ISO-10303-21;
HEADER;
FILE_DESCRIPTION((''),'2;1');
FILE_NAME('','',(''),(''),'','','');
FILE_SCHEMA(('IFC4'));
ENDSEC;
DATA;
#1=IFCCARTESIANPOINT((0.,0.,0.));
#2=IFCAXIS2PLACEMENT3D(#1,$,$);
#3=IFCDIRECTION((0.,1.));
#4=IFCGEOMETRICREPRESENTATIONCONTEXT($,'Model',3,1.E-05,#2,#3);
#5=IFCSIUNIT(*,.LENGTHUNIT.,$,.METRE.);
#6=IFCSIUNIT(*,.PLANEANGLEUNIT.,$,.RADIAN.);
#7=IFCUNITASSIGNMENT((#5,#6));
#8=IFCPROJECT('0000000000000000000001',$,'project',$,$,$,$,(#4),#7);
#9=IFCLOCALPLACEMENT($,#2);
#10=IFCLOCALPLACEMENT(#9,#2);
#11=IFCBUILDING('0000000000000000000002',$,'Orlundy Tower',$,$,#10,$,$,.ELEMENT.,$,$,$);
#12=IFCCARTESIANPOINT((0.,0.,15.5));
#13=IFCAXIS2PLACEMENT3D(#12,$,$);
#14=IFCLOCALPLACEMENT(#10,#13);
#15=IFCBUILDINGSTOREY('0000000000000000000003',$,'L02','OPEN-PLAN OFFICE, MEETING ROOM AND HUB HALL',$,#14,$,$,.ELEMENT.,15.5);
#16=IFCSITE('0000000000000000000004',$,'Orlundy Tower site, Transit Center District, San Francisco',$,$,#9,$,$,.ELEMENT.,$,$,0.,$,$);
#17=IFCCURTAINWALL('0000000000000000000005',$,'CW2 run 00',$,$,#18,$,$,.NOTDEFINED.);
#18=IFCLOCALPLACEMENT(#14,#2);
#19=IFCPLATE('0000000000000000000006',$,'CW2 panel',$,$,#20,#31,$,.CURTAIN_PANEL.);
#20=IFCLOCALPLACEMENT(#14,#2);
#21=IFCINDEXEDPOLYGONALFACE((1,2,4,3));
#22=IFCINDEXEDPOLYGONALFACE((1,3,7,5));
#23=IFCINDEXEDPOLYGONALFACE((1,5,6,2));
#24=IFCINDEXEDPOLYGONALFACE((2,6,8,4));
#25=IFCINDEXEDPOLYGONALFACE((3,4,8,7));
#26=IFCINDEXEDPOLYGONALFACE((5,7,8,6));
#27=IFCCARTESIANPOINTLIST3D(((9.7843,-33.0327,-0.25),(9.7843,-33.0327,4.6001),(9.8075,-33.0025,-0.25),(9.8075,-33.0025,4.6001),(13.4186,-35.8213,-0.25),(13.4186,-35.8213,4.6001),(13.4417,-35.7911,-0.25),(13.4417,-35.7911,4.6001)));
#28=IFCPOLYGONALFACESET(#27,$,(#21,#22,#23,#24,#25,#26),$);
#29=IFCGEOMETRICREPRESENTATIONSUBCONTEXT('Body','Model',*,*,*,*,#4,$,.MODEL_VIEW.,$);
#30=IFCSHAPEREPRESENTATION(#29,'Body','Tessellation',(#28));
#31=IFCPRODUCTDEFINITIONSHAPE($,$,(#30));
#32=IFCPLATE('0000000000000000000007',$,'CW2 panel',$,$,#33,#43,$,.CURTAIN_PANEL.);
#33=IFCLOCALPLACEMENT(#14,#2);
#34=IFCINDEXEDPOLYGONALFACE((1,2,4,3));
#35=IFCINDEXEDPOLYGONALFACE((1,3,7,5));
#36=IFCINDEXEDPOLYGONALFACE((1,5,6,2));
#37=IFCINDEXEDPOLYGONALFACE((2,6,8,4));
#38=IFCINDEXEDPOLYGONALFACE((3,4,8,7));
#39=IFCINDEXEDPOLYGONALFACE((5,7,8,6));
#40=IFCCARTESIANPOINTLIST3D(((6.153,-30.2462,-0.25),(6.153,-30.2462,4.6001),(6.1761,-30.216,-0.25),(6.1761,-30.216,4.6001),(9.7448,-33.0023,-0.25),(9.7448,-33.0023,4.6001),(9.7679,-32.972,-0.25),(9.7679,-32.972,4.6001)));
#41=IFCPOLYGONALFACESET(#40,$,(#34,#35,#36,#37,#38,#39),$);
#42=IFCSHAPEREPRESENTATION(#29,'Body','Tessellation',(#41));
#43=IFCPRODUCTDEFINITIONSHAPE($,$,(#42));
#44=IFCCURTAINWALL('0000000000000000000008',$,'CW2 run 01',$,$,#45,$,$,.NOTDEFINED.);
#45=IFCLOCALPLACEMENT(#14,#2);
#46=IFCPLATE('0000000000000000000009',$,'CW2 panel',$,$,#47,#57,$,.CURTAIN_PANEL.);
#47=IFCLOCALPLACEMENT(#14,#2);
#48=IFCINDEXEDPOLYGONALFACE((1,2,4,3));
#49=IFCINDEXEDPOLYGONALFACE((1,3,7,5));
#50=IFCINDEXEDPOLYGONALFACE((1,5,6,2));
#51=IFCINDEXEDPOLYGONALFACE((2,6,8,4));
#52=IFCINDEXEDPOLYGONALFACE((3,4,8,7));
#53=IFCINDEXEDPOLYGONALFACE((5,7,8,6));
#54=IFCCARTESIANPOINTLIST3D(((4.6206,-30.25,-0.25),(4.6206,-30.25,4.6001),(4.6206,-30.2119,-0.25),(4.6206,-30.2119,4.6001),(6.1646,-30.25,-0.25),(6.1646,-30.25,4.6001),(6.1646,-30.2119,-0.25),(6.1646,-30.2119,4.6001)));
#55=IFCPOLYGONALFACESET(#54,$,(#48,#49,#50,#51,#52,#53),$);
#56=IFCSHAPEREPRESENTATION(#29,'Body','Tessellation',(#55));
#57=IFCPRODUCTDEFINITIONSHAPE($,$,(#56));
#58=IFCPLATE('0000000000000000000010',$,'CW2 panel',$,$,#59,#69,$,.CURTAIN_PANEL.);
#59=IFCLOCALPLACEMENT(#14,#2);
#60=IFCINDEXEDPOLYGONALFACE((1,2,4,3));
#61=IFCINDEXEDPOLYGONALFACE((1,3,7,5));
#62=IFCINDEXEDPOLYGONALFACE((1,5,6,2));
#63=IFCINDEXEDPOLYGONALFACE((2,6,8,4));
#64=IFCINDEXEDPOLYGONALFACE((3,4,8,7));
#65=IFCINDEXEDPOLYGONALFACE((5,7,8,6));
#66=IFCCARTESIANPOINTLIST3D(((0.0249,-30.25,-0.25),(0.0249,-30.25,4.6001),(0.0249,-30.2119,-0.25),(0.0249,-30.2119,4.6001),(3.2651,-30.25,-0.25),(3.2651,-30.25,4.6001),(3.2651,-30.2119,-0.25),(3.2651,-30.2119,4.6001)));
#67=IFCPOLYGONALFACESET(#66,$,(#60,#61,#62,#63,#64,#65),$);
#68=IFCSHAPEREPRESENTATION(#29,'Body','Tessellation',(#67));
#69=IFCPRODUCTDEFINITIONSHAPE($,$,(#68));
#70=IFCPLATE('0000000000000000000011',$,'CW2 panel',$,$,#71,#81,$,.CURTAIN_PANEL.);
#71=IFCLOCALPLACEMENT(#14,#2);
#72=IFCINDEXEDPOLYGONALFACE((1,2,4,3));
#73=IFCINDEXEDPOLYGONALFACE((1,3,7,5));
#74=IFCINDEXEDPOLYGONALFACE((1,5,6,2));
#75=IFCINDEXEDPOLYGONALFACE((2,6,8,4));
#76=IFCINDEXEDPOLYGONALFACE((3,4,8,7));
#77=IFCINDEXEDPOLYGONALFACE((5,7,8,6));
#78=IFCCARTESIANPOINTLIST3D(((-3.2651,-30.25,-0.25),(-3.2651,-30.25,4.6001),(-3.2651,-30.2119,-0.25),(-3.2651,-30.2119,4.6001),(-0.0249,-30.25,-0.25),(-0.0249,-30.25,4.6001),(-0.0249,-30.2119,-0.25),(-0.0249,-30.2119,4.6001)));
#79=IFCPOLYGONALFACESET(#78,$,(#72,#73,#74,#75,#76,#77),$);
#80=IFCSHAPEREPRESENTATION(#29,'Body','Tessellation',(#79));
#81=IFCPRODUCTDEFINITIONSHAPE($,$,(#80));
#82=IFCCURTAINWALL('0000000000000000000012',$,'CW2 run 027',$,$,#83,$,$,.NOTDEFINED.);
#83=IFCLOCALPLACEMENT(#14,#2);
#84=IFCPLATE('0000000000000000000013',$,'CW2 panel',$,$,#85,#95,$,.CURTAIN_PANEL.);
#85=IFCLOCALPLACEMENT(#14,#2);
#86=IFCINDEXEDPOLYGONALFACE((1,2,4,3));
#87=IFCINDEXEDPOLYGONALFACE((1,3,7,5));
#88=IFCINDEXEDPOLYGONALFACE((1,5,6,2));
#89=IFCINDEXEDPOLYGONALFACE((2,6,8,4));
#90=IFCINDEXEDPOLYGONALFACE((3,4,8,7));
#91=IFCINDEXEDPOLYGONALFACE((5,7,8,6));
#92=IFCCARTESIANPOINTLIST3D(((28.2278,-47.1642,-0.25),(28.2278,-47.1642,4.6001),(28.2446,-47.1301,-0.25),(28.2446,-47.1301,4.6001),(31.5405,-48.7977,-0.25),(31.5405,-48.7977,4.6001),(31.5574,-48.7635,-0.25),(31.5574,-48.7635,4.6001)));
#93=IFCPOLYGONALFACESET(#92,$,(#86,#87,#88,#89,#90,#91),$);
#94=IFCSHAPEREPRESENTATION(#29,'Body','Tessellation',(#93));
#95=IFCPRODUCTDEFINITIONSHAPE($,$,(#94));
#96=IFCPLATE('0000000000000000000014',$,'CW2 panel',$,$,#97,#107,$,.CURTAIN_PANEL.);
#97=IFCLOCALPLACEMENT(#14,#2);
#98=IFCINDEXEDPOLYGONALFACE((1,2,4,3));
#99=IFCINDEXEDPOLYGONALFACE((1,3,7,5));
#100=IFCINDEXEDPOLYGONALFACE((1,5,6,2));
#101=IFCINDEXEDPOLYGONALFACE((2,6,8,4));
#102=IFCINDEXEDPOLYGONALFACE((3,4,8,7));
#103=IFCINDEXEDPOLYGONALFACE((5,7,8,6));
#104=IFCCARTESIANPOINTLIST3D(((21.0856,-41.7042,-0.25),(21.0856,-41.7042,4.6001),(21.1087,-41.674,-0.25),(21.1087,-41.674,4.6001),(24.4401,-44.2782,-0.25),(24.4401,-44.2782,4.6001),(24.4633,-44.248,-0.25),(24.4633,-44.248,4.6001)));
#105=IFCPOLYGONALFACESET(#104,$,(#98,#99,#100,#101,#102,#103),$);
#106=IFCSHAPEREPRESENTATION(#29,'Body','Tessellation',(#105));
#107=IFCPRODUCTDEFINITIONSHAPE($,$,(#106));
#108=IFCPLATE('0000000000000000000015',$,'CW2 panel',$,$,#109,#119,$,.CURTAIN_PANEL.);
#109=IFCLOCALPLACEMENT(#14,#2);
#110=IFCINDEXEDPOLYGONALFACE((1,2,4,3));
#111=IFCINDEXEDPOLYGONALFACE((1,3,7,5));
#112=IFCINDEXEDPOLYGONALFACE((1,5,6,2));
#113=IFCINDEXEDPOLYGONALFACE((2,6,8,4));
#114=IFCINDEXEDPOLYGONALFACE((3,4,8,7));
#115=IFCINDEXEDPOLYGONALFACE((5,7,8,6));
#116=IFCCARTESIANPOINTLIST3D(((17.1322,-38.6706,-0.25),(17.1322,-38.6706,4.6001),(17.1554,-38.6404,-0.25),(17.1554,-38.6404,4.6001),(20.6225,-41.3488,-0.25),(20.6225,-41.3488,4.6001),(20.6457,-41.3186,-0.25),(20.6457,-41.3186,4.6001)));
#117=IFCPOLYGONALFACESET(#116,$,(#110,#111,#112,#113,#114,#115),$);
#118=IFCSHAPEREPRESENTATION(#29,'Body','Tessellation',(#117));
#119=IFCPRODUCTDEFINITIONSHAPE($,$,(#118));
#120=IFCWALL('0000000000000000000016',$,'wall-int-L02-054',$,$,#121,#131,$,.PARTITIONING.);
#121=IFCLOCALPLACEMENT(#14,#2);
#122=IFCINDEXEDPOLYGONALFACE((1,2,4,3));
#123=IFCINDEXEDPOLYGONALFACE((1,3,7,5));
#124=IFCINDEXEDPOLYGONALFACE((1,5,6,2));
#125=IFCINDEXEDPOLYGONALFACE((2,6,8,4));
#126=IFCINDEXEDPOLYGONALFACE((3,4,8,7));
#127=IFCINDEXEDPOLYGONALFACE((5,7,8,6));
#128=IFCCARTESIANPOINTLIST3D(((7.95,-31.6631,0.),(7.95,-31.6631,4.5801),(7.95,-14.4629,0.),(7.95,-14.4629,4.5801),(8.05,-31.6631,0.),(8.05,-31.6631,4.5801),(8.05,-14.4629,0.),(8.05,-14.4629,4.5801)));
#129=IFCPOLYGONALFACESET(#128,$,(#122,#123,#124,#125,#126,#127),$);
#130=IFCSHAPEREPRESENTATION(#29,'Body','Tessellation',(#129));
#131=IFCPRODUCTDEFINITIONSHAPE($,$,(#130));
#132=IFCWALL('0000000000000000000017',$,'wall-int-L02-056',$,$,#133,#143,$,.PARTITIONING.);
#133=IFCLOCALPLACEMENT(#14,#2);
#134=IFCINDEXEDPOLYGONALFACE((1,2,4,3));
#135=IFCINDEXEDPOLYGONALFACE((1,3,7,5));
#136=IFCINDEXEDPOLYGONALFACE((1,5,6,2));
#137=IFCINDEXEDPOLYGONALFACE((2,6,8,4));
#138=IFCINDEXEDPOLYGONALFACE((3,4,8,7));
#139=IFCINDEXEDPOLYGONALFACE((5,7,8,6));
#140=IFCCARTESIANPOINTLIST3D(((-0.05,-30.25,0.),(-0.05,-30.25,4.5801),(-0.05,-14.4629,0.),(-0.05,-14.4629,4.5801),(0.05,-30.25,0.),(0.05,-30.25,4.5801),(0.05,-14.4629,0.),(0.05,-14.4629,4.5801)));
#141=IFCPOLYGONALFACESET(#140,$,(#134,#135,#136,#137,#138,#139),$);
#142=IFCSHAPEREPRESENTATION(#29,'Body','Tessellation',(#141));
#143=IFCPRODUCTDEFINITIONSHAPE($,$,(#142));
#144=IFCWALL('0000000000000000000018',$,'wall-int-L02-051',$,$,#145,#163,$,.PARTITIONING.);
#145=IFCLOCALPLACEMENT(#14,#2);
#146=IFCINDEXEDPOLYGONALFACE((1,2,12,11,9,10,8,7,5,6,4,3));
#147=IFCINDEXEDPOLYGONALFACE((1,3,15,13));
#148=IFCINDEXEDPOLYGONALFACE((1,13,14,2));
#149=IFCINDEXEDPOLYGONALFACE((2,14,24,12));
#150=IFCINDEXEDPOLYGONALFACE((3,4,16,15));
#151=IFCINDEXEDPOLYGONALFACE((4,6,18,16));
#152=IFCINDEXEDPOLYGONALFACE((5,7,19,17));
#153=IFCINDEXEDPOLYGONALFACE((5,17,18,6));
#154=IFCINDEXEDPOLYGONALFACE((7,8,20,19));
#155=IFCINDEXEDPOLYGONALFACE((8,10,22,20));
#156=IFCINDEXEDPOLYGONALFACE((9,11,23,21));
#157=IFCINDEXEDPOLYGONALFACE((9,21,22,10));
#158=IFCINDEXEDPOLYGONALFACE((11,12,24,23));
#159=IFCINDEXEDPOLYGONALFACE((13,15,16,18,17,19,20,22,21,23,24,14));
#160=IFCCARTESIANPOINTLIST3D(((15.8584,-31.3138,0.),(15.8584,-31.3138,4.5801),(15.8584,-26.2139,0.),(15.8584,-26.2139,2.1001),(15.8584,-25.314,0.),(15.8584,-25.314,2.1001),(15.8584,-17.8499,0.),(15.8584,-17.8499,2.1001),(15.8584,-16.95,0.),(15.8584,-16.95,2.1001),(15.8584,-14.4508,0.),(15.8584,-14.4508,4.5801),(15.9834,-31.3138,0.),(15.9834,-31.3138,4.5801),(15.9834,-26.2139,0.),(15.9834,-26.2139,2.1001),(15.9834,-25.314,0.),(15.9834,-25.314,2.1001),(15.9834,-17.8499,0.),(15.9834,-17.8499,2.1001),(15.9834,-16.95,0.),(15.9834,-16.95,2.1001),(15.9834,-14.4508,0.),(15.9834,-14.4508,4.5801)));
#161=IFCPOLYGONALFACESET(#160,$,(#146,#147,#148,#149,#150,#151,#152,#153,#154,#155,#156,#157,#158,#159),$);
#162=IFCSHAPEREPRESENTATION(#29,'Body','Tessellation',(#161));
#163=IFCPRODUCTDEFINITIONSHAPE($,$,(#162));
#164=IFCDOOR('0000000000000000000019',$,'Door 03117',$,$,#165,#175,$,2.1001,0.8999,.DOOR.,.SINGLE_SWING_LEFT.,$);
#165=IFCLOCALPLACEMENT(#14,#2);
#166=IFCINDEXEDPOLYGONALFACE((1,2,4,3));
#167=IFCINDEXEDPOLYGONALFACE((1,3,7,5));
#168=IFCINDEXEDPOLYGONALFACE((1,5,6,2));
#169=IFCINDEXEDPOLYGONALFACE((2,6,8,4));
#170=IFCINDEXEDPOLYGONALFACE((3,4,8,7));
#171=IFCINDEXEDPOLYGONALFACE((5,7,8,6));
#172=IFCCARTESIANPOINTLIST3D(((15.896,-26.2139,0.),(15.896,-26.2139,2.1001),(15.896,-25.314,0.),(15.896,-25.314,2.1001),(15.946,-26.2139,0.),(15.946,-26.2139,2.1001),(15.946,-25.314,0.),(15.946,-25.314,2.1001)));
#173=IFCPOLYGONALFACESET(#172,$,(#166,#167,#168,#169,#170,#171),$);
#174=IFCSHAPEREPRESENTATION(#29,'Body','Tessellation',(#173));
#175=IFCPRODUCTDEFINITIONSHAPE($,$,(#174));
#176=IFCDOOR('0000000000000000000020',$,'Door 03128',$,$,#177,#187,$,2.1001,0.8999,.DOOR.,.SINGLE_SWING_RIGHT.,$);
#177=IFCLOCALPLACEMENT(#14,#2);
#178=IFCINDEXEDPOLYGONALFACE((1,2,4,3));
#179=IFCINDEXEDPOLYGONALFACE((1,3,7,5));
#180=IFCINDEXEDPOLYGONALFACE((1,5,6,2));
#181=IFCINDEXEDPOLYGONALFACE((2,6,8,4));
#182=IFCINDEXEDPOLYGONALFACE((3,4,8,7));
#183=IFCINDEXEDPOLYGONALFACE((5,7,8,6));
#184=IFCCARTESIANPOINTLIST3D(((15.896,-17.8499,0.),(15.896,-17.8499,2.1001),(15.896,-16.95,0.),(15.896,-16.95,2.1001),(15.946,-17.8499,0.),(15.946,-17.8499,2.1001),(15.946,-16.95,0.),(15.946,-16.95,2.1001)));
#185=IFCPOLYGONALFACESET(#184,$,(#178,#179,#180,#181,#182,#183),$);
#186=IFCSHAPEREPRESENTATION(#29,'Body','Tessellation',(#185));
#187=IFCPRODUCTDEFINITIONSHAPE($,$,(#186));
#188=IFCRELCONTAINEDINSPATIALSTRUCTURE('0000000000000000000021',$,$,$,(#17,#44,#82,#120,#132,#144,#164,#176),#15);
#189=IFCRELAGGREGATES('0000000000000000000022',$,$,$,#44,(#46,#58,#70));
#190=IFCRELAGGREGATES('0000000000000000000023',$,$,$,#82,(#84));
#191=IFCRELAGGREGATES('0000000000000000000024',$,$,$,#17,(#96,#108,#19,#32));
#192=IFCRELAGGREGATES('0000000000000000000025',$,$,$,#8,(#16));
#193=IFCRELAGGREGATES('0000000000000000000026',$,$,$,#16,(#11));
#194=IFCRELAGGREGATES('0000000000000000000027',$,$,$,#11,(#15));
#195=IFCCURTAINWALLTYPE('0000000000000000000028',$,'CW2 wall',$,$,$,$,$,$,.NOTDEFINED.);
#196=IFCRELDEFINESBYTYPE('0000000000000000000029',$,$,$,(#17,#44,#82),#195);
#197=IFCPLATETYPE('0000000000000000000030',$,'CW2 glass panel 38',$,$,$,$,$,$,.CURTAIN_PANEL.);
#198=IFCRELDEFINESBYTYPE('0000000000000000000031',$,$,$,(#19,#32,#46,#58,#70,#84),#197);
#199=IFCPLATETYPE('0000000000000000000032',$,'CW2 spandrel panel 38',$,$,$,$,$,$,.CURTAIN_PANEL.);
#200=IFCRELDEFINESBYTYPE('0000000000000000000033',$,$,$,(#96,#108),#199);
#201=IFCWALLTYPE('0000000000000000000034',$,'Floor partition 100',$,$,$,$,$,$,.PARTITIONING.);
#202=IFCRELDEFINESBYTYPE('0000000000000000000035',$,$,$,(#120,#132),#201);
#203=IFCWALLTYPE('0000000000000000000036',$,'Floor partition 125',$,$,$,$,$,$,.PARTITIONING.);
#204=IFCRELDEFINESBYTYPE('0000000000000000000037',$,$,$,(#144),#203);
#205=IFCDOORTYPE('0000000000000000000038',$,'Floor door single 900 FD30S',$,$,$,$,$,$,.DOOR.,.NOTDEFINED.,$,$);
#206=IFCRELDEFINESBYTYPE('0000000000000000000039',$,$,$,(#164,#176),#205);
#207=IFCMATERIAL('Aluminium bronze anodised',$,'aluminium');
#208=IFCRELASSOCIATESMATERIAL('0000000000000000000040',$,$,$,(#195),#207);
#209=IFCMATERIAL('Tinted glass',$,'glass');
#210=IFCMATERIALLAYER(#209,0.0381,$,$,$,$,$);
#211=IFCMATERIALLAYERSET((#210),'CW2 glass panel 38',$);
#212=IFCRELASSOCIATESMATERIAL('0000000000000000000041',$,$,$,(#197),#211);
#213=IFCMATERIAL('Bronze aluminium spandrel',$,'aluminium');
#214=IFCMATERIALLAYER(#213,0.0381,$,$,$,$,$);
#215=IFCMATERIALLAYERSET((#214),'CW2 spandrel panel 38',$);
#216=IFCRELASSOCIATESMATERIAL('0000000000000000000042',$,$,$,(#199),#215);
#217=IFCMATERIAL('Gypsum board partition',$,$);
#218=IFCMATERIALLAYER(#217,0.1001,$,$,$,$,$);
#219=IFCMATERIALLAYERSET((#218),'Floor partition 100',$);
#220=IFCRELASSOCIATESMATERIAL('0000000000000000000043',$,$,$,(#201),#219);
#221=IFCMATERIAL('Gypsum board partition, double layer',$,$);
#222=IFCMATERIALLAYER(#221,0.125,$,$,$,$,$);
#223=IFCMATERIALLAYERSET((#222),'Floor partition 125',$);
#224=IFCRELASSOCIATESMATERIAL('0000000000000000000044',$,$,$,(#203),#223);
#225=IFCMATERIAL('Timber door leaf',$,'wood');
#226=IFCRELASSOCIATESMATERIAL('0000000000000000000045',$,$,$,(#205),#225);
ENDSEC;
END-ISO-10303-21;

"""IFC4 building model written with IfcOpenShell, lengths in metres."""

from ifc_helpers import new_model, si_unit, direction, frame, frame_2d, origin, origin_2d, place, context, subcontext, project, spatial, rectangle, extrude, material, layer, layer_set, type_object, element, fill, aggregate, save


model = new_model("IFC4")

# Units and contexts
model_context = context("Model", 3, precision=1e-05, world=origin(), true_north=direction((0.0, 1.0)))
body_context = subcontext(model_context, "Body", "Model", "MODEL_VIEW")
ifc_project = project(units=[si_unit("LENGTHUNIT", "METRE"), si_unit("PLANEANGLEUNIT", "RADIAN")], contexts=[model_context])

# Site, building, storey
site_placement = place(None, origin())
site = spatial("IfcSite", under=ifc_project, at=site_placement, Name="Orlundy Tower site, Transit Center District, San Francisco", CompositionType="ELEMENT", RefElevation=0.0)
building_placement = place(site_placement, origin())
building = spatial("IfcBuilding", under=site, at=building_placement, Name="Orlundy Tower", CompositionType="ELEMENT")
storey_placement = place(building_placement, frame((0.0, 0.0, 15.5)))
storey = spatial("IfcBuildingStorey", under=building, at=storey_placement, Name="L02", Description="OPEN-PLAN OFFICE, MEETING ROOM AND HUB HALL", CompositionType="ELEMENT", Elevation=15.5)

# Curtain wall, plates
ifc_material_1 = material(Name="Aluminium bronze anodised", Category="aluminium")
curtain_wall_type = type_object("IfcCurtainWallType", Name="CW2 wall", PredefinedType="NOTDEFINED", material=ifc_material_1)
curtain_wall_1_placement = place(storey_placement, origin())
curtain_wall_1 = element("IfcCurtainWall", 1, at=curtain_wall_1_placement, inside=storey, type_object=curtain_wall_type, Name="CW2 run 00", PredefinedType="NOTDEFINED")
ifc_material_2 = material(Name="Tinted glass", Category="glass")
ifc_layer_1 = layer(ifc_material_2, 0.0381)
ifc_layer_set_1 = layer_set([ifc_layer_1], Name="CW2 glass panel 38")
plate_type_1 = type_object("IfcPlateType", Name="CW2 glass panel 38", PredefinedType="CURTAIN_PANEL", material=ifc_layer_set_1)
plate_1_placement = place(storey_placement, frame((11.613, -34.4119, -0.25), z_axis=(0.0, 0.0, 1.0), x_axis=(-0.793357, 0.608757, 0.0)))
plate_1 = element("IfcPlate", 2, at=plate_1_placement, type_object=plate_type_1, Name="CW2 panel", PredefinedType="CURTAIN_PANEL", context=body_context, shape_type="SweptSolid", body=[
    extrude(rectangle(XDim=4.5808, YDim=0.0381, at=origin_2d()), origin(), (0.0, 0.0, 1.0), 4.8501),
])
plate_2_placement = place(storey_placement, frame((7.9604, -31.6091, -0.25), z_axis=(0.0, 0.0, 1.0), x_axis=(-0.793357, 0.608757, 0.0)))
plate_2 = element("IfcPlate", 3, at=plate_2_placement, type_object=plate_type_1, Name="CW2 panel", PredefinedType="CURTAIN_PANEL", context=body_context, shape_type="SweptSolid", body=[
    extrude(rectangle(XDim=4.5273, YDim=0.0381, at=origin_2d()), origin(), (0.0, 0.0, 1.0), 4.8501),
])

# Curtain wall, plates
curtain_wall_2_placement = place(storey_placement, origin())
curtain_wall_2 = element("IfcCurtainWall", 4, at=curtain_wall_2_placement, inside=storey, type_object=curtain_wall_type, Name="CW2 run 01", PredefinedType="NOTDEFINED")
plate_3_placement = place(storey_placement, frame((5.3926, -30.231, -0.25), z_axis=(0.0, 0.0, 1.0), x_axis=(-1.0, 0.0, 0.0)))
plate_3 = element("IfcPlate", 5, at=plate_3_placement, type_object=plate_type_1, Name="CW2 panel", PredefinedType="CURTAIN_PANEL", context=body_context, shape_type="SweptSolid", body=[
    extrude(rectangle(XDim=1.5439, YDim=0.0381, at=origin_2d()), origin(), (0.0, 0.0, 1.0), 4.8501),
])
plate_4_placement = place(storey_placement, frame((1.645, -30.231, -0.25), z_axis=(0.0, 0.0, 1.0), x_axis=(-1.0, 0.0, 0.0)))
plate_4 = element("IfcPlate", 6, at=plate_4_placement, type_object=plate_type_1, Name="CW2 panel", PredefinedType="CURTAIN_PANEL", context=body_context, shape_type="SweptSolid", body=[
    extrude(rectangle(XDim=3.2402, YDim=0.0381, at=origin_2d()), origin(), (0.0, 0.0, 1.0), 4.8501),
])
plate_5_placement = place(storey_placement, frame((-1.645, -30.231, -0.25), z_axis=(0.0, 0.0, 1.0), x_axis=(-1.0, 0.0, 0.0)))
plate_5 = element("IfcPlate", 7, at=plate_5_placement, type_object=plate_type_1, Name="CW2 panel", PredefinedType="CURTAIN_PANEL", context=body_context, shape_type="SweptSolid", body=[
    extrude(rectangle(XDim=3.2402, YDim=0.0381, at=origin_2d()), origin(), (0.0, 0.0, 1.0), 4.8501),
])
aggregate(curtain_wall_2, [plate_3, plate_4, plate_5])

# Curtain wall, plate
curtain_wall_3_placement = place(storey_placement, origin())
curtain_wall_3 = element("IfcCurtainWall", 8, at=curtain_wall_3_placement, inside=storey, type_object=curtain_wall_type, Name="CW2 run 027", PredefinedType="NOTDEFINED")
plate_6_placement = place(storey_placement, frame((29.8926, -47.9639, -0.25), z_axis=(0.0, 0.0, 1.0), x_axis=(-0.896896, 0.442242, 0.0)))
plate_6 = element("IfcPlate", 9, at=plate_6_placement, type_object=plate_type_1, Name="CW2 panel", PredefinedType="CURTAIN_PANEL", context=body_context, shape_type="SweptSolid", body=[
    extrude(rectangle(XDim=3.6936, YDim=0.0381, at=origin_2d()), origin(), (0.0, 0.0, 1.0), 4.8501),
])
aggregate(curtain_wall_3, [plate_6])

# Plates
ifc_material_3 = material(Name="Bronze aluminium spandrel", Category="aluminium")
ifc_layer_2 = layer(ifc_material_3, 0.0381)
ifc_layer_set_2 = layer_set([ifc_layer_2], Name="CW2 spandrel panel 38")
plate_type_2 = type_object("IfcPlateType", Name="CW2 spandrel panel 38", PredefinedType="CURTAIN_PANEL", material=ifc_layer_set_2)
plate_7_placement = place(storey_placement, frame((22.7744, -42.9761, -0.25), z_axis=(0.0, 0.0, 1.0), x_axis=(-0.793357, 0.608757, 0.0)))
plate_7 = element("IfcPlate", 10, at=plate_7_placement, type_object=plate_type_2, Name="CW2 panel", PredefinedType="CURTAIN_PANEL", context=body_context, shape_type="SweptSolid", body=[
    extrude(rectangle(XDim=4.2283, YDim=0.0381, at=origin_2d()), origin(), (0.0, 0.0, 1.0), 4.8501),
])
plate_8_placement = place(storey_placement, frame((18.8889, -39.9946, -0.25), z_axis=(0.0, 0.0, 1.0), x_axis=(-0.793357, 0.608757, 0.0)))
plate_8 = element("IfcPlate", 11, at=plate_8_placement, type_object=plate_type_2, Name="CW2 panel", PredefinedType="CURTAIN_PANEL", context=body_context, shape_type="SweptSolid", body=[
    extrude(rectangle(XDim=4.3994, YDim=0.0381, at=origin_2d()), origin(), (0.0, 0.0, 1.0), 4.8501),
])
aggregate(curtain_wall_1, [plate_7, plate_8, plate_1, plate_2])

# Walls
ifc_material_4 = material(Name="Gypsum board partition")
ifc_layer_3 = layer(ifc_material_4, 0.1001)
ifc_layer_set_3 = layer_set([ifc_layer_3], Name="Floor partition 100")
wall_type_1 = type_object("IfcWallType", Name="Floor partition 100", PredefinedType="PARTITIONING", material=ifc_layer_set_3)
wall_1_placement = place(storey_placement, frame((8.0, -31.6631, 0.0), z_axis=(0.0, 0.0, 1.0), x_axis=(0.0, 1.0, 0.0)))
element("IfcWall", 12, at=wall_1_placement, inside=storey, type_object=wall_type_1, Name="wall-int-L02-054", PredefinedType="PARTITIONING", context=body_context, shape_type="SweptSolid", body=[
    extrude(rectangle(XDim=17.2002, YDim=0.1001, at=frame_2d((8.6001, 0.0))), origin(), (0.0, 0.0, 1.0), 4.5801),
])
wall_2_placement = place(storey_placement, frame((0.0, -30.25, 0.0), z_axis=(0.0, 0.0, 1.0), x_axis=(0.0, 1.0, 0.0)))
element("IfcWall", 13, at=wall_2_placement, inside=storey, type_object=wall_type_1, Name="wall-int-L02-056", PredefinedType="PARTITIONING", context=body_context, shape_type="SweptSolid", body=[
    extrude(rectangle(XDim=15.7871, YDim=0.1001, at=frame_2d((7.8936, 0.0))), origin(), (0.0, 0.0, 1.0), 4.5801),
])

# Wall, openings, doors
ifc_material_5 = material(Name="Gypsum board partition, double layer")
ifc_layer_4 = layer(ifc_material_5, 0.125)
ifc_layer_set_4 = layer_set([ifc_layer_4], Name="Floor partition 125")
wall_type_2 = type_object("IfcWallType", Name="Floor partition 125", PredefinedType="PARTITIONING", material=ifc_layer_set_4)
wall_3_placement = place(storey_placement, frame((15.9209, -31.314, 0.0), z_axis=(0.0, 0.0, 1.0), x_axis=(0.0, 1.0, 0.0)))
wall_3 = element("IfcWall", 14, at=wall_3_placement, inside=storey, type_object=wall_type_2, Name="wall-int-L02-051", PredefinedType="PARTITIONING", context=body_context, shape_type="SweptSolid", body=[
    extrude(rectangle(XDim=16.863, YDim=0.125, at=frame_2d((8.4316, 0.0))), origin(), (0.0, 0.0, 1.0), 4.5801),
])
opening_1_placement = place(wall_3_placement, frame((5.1001, 0.0, 0.0)))
opening_1 = element("IfcOpeningElement", 15, at=opening_1_placement, cuts=wall_3, PredefinedType="OPENING", context=body_context, shape_type="SweptSolid", body=[
    extrude(rectangle(XDim=0.8999, YDim=2.1001, at=frame_2d((0.45, 1.05))), frame((0.0, 0.0725, 0.0), z_axis=(0.0, -1.0, 0.0), x_axis=(1.0, 0.0, 0.0)), (0.0, 0.0, 1.0), 0.145),
])
opening_2_placement = place(wall_3_placement, frame((13.4641, 0.0, 0.0)))
opening_2 = element("IfcOpeningElement", 16, at=opening_2_placement, cuts=wall_3, PredefinedType="OPENING", context=body_context, shape_type="SweptSolid", body=[
    extrude(rectangle(XDim=0.8999, YDim=2.1001, at=frame_2d((0.45, 1.05))), frame((0.0, 0.0725, 0.0), z_axis=(0.0, -1.0, 0.0), x_axis=(1.0, 0.0, 0.0)), (0.0, 0.0, 1.0), 0.145),
])
ifc_material_6 = material(Name="Timber door leaf", Category="wood")
door_type = type_object("IfcDoorType", Name="Floor door single 900 FD30S", OperationType="NOTDEFINED", PredefinedType="DOOR", material=ifc_material_6)
door_1_placement = place(opening_1_placement, origin())
door_1 = element("IfcDoor", 17, at=door_1_placement, inside=storey, type_object=door_type, Name="Door 03117", OperationType="SINGLE_SWING_LEFT", OverallHeight=2.1001, OverallWidth=0.8999, PredefinedType="DOOR", context=body_context, shape_type="SweptSolid", body=[
    extrude(rectangle(XDim=0.8999, YDim=2.1001, at=frame_2d((0.45, 1.05))), frame((0.0, 0.0249, 0.0), z_axis=(0.0, -1.0, 0.0), x_axis=(1.0, 0.0, 0.0)), (0.0, 0.0, 1.0), 0.05),
])
fill(opening_1, door_1)
door_2_placement = place(opening_2_placement, origin())
door_2 = element("IfcDoor", 18, at=door_2_placement, inside=storey, type_object=door_type, Name="Door 03128", OperationType="SINGLE_SWING_RIGHT", OverallHeight=2.1001, OverallWidth=0.8999, PredefinedType="DOOR", context=body_context, shape_type="SweptSolid", body=[
    extrude(rectangle(XDim=0.8999, YDim=2.1001, at=frame_2d((0.45, 1.05))), frame((0.0, 0.0249, 0.0), z_axis=(0.0, -1.0, 0.0), x_axis=(1.0, 0.0, 0.0)), (0.0, 0.0, 1.0), 0.05),
])
fill(opening_2, door_2)

save(model, "model.ifc")
